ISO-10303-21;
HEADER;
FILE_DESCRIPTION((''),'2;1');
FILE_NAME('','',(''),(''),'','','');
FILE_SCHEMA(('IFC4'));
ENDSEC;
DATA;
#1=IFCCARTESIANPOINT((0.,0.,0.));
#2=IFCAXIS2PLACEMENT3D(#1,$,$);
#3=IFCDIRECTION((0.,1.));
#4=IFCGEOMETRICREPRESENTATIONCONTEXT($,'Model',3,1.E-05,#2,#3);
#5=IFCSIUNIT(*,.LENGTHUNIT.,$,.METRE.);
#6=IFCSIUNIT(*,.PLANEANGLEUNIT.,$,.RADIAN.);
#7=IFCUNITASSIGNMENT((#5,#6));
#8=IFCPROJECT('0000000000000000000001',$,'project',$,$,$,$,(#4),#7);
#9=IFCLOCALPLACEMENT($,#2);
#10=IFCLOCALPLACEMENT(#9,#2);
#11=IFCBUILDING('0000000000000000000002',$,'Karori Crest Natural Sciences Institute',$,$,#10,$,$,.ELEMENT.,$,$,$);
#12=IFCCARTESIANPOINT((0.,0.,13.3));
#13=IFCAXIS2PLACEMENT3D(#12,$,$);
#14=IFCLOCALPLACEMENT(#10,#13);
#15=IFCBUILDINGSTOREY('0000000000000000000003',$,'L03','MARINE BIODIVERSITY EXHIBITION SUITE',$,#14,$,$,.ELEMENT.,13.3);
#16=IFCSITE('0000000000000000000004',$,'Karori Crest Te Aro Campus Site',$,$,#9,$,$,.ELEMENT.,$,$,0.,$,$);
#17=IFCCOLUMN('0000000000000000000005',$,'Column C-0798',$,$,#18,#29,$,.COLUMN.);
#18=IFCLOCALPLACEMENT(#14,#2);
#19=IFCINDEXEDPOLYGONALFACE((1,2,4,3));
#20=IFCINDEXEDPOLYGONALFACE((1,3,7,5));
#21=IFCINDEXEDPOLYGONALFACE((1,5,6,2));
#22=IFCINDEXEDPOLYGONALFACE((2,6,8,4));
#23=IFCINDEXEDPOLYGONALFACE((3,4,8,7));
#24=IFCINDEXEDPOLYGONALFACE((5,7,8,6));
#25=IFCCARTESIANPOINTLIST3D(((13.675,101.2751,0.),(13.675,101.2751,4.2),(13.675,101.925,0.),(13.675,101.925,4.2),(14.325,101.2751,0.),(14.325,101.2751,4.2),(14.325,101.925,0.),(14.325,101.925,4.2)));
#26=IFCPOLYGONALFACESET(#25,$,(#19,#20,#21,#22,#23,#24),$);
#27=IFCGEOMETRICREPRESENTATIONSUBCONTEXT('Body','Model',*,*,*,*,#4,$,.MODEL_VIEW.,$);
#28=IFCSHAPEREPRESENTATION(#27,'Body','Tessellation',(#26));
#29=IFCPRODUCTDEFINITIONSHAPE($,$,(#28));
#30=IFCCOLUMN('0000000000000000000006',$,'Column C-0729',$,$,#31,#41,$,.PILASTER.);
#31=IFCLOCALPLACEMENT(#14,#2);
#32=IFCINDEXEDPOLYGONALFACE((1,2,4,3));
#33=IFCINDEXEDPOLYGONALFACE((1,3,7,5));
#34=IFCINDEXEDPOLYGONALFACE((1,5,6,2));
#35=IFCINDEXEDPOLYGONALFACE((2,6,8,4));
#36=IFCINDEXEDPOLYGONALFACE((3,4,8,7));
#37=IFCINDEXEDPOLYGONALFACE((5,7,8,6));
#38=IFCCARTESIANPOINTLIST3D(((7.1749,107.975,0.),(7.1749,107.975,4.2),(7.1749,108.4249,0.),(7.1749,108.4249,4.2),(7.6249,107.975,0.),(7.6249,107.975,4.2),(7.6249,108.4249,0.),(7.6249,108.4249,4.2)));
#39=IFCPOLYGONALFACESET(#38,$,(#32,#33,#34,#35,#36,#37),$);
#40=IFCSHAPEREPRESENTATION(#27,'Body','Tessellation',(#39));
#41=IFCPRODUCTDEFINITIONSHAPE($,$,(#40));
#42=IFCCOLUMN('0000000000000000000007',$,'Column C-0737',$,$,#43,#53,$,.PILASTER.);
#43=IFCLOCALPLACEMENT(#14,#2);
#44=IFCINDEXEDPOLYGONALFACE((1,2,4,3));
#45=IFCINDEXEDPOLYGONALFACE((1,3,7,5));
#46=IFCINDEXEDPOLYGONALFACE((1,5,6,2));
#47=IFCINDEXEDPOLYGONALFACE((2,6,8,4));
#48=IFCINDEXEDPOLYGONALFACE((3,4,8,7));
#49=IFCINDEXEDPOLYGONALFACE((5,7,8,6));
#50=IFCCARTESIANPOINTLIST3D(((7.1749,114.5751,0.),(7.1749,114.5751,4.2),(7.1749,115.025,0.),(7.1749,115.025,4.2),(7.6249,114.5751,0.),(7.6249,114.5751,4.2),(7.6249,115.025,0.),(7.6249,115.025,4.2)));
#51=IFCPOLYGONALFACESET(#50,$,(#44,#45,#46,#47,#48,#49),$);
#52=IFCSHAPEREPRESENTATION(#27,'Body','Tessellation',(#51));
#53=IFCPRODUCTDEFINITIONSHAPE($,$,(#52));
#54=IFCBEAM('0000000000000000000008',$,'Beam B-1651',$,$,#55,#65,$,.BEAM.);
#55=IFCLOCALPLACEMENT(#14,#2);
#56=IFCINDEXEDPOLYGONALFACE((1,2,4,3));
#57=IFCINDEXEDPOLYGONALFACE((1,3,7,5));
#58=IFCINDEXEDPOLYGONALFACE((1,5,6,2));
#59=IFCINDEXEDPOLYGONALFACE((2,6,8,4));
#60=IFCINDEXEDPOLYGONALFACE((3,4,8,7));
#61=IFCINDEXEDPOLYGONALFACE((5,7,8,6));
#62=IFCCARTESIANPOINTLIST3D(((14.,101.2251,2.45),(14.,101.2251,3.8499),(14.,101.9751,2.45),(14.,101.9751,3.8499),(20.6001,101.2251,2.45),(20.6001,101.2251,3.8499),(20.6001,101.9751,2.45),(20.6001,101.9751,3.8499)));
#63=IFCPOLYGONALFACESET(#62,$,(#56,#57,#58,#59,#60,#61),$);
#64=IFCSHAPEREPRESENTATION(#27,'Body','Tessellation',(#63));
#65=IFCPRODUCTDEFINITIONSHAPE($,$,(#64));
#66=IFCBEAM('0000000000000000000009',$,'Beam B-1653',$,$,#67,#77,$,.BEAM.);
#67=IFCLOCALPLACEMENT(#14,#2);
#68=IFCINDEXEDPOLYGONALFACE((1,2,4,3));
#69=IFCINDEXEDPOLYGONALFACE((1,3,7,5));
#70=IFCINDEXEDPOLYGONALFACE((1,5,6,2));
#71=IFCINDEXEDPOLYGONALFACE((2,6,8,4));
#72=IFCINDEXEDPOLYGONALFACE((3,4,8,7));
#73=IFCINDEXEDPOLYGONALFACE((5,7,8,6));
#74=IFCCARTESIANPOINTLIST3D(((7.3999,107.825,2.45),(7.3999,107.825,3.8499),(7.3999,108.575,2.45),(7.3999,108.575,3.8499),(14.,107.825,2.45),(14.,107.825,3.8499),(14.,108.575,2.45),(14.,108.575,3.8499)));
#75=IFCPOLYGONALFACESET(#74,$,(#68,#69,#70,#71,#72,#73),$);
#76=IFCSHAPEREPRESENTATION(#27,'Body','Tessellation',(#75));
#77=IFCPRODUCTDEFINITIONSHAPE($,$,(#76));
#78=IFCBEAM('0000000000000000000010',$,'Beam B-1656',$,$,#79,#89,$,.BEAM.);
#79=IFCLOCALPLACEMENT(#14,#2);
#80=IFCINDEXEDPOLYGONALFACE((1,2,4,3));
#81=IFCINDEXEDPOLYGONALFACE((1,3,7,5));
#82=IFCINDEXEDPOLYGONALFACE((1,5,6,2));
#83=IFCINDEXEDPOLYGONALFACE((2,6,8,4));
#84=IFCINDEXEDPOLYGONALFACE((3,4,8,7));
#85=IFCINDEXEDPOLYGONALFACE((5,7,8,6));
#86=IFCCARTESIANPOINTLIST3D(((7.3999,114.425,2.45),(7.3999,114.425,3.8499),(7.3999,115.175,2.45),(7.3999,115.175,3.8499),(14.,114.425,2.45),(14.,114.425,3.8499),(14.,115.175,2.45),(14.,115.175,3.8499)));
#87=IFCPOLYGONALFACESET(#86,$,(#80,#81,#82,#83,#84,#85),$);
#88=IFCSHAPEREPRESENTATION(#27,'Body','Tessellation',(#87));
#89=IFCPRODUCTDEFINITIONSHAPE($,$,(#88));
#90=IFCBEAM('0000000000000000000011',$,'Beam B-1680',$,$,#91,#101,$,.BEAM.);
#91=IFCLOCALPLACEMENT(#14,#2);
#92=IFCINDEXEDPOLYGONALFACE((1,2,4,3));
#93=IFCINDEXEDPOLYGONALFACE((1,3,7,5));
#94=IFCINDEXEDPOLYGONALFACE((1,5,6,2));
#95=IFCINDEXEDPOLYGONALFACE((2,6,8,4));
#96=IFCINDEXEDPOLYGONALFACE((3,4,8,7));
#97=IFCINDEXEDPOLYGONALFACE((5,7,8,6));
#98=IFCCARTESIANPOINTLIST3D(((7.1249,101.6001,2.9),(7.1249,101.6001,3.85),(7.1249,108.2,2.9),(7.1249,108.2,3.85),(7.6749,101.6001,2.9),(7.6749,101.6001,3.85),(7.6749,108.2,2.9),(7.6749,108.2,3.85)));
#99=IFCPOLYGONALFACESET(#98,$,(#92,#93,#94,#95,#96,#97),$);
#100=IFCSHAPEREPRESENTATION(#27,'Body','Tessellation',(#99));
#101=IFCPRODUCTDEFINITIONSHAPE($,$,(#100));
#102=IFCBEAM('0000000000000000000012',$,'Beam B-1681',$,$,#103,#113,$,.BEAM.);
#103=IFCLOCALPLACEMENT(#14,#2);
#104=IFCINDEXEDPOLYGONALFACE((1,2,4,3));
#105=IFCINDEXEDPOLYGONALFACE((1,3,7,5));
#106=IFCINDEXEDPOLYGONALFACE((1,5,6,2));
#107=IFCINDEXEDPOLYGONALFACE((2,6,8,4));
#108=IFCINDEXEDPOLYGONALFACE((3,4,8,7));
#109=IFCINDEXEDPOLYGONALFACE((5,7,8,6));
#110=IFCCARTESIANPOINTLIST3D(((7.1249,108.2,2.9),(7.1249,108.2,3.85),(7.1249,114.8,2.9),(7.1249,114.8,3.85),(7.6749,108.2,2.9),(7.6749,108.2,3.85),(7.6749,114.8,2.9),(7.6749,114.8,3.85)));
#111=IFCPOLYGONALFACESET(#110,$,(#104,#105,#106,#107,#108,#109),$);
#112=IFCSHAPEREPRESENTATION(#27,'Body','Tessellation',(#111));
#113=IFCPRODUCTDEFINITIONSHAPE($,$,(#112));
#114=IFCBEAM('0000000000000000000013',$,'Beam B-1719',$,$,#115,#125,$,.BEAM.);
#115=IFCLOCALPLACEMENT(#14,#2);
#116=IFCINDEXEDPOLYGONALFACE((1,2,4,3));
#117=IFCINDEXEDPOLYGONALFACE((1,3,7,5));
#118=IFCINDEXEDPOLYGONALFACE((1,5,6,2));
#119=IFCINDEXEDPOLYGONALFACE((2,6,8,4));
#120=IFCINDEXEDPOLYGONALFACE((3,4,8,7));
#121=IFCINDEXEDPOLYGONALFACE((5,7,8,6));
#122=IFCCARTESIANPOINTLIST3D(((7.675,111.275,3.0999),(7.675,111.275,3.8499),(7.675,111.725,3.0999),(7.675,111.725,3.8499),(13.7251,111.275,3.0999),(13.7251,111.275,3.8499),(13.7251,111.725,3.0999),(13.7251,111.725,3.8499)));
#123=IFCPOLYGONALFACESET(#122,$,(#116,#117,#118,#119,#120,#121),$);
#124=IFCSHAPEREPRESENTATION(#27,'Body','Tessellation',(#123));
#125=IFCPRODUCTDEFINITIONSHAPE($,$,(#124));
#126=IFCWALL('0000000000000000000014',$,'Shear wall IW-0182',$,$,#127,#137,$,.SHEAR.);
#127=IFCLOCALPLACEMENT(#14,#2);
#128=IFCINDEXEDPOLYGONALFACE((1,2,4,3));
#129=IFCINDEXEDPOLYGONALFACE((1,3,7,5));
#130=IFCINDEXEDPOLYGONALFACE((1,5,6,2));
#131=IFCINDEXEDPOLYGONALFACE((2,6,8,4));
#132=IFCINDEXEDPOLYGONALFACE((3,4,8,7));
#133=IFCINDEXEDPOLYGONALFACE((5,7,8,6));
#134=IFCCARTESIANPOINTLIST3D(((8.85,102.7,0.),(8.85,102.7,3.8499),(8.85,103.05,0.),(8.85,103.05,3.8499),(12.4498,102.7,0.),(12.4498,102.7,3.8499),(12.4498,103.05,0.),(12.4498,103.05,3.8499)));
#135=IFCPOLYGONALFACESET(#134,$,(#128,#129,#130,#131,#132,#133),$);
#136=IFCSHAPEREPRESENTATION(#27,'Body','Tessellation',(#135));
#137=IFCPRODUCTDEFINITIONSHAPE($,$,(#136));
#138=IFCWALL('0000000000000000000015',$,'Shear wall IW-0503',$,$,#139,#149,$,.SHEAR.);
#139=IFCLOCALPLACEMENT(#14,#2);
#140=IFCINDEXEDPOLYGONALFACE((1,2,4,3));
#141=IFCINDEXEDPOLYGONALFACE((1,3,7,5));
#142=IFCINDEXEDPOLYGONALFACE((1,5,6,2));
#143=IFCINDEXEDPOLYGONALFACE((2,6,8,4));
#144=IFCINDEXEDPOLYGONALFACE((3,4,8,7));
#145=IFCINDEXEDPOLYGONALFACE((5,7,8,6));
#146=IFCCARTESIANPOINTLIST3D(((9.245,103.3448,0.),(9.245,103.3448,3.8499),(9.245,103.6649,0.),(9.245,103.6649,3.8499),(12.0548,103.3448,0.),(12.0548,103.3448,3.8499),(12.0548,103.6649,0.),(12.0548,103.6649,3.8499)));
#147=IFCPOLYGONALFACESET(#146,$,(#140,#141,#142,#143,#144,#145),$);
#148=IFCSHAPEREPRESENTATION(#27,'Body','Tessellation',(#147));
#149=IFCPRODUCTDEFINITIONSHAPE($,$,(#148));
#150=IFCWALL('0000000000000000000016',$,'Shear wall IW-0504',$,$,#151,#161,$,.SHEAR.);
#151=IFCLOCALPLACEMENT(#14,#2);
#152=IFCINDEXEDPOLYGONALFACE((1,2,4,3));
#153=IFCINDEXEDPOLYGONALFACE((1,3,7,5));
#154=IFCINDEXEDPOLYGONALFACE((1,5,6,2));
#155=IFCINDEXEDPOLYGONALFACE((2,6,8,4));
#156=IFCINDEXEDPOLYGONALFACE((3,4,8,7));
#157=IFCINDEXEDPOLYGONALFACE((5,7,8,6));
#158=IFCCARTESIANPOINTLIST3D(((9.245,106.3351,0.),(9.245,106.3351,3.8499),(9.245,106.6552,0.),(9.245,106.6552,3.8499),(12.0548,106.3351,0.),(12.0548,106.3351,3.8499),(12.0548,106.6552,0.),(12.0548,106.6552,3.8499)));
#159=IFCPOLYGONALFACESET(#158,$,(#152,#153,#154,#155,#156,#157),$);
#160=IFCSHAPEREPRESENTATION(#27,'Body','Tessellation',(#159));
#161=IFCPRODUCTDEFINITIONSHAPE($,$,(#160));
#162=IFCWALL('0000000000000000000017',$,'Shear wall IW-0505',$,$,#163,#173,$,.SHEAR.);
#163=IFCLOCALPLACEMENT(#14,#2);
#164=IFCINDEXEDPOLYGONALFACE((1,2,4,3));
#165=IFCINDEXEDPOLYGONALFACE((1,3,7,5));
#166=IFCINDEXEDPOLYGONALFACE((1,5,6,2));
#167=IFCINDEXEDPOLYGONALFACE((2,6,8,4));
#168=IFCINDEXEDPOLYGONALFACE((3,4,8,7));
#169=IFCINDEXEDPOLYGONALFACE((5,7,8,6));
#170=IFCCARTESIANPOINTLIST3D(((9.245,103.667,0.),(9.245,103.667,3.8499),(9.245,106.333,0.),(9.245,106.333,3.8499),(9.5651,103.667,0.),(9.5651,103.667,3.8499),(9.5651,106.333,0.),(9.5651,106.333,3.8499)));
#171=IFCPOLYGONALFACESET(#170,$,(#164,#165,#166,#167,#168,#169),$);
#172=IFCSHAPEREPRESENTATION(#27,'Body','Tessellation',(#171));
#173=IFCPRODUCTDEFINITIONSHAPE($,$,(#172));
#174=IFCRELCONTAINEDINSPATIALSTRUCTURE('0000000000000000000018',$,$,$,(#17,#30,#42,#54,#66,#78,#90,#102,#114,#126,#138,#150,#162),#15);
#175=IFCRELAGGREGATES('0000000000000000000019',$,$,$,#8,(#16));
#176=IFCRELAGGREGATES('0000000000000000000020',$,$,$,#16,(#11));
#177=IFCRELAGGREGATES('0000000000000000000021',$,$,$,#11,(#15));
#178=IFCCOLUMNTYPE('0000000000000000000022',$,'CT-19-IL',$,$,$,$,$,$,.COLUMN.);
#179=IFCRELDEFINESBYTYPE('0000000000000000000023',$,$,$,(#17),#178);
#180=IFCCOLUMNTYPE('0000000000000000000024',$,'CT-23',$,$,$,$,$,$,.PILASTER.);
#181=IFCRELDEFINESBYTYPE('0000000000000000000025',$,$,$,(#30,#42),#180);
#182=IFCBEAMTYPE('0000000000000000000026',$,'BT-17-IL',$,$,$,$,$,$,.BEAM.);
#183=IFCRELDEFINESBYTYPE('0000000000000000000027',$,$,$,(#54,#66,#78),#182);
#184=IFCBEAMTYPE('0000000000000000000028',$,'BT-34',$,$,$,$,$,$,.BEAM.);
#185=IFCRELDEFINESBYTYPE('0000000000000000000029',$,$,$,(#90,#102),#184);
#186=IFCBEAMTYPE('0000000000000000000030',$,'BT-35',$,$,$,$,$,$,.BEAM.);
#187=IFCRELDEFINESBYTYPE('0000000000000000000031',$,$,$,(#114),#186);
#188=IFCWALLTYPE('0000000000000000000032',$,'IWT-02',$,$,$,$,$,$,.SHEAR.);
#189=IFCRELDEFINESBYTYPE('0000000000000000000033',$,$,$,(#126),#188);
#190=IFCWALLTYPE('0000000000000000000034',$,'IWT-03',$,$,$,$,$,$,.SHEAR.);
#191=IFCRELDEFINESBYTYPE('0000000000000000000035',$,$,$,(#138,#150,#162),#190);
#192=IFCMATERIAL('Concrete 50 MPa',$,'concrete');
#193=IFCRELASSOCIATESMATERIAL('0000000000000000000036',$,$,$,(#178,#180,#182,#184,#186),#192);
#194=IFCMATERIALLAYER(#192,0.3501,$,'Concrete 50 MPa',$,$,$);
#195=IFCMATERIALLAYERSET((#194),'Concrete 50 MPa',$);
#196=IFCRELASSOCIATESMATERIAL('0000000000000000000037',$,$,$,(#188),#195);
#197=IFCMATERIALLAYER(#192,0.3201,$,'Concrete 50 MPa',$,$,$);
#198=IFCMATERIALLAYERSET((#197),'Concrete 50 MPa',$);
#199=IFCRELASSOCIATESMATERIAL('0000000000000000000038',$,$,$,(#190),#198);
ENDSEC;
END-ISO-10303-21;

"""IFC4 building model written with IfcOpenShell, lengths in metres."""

from ifc_helpers import new_model, si_unit, direction, frame, frame_2d, origin, origin_2d, place, context, subcontext, project, spatial, rectangle, extrude, material, layer, layer_set, material_profile, profile_set, type_object, element, save


model = new_model("IFC4")

# Units and contexts
model_context = context("Model", 3, precision=1e-05, world=origin(), true_north=direction((0.0, 1.0)))
body_context = subcontext(model_context, "Body", "Model", "MODEL_VIEW")
ifc_project = project(units=[si_unit("LENGTHUNIT", "METRE"), si_unit("PLANEANGLEUNIT", "RADIAN")], contexts=[model_context])

# Site, building, storey
site_placement = place(None, origin())
site = spatial("IfcSite", under=ifc_project, at=site_placement, Name="Karori Crest Te Aro Campus Site", CompositionType="ELEMENT", RefElevation=0.0)
building_placement = place(site_placement, origin())
building = spatial("IfcBuilding", under=site, at=building_placement, Name="Karori Crest Natural Sciences Institute", CompositionType="ELEMENT")
storey_placement = place(building_placement, frame((0.0, 0.0, 13.3)))
storey = spatial("IfcBuildingStorey", under=building, at=storey_placement, Name="L03", Description="MARINE BIODIVERSITY EXHIBITION SUITE", CompositionType="ELEMENT", Elevation=13.3)

# Columns
ifc_material_1 = material(Name="Concrete 50 MPa", Category="concrete")
ifc_material_profile_1 = material_profile(ifc_material_1, rectangle(XDim=0.6499, YDim=0.6499, at=origin_2d()), Name="RC650x650")
ifc_profile_set_1 = profile_set([ifc_material_profile_1], Name="Concrete 50 MPa")
column_type_1 = type_object("IfcColumnType", Name="CT-19-IL", PredefinedType="COLUMN", material=ifc_profile_set_1)
column_placement = place(storey_placement, frame((14.0, 101.6001, 0.0), z_axis=(0.0, 0.0, 1.0), x_axis=(1.0, 0.0, 0.0)))
element("IfcColumn", 1, at=column_placement, inside=storey, type_object=column_type_1, Name="Column C-0798", PredefinedType="COLUMN", context=body_context, shape_type="SweptSolid", body=[
    extrude(rectangle(XDim=0.6499, YDim=0.6499, at=origin_2d()), origin(), (0.0, 0.0, 1.0), 4.2),
])
ifc_material_profile_2 = material_profile(ifc_material_1, rectangle(XDim=0.45, YDim=0.45, at=origin_2d()), Name="RC450x450")
ifc_profile_set_2 = profile_set([ifc_material_profile_2], Name="Concrete 50 MPa")
column_type_2 = type_object("IfcColumnType", Name="CT-23", PredefinedType="PILASTER", material=ifc_profile_set_2)
for number, where, z_axis, x_axis, name in (
    (2, (7.3999, 108.2, 0.0), (0.0, 0.0, 1.0), (1.0, 0.0, 0.0), "Column C-0729"),
    (3, (7.3999, 114.8, 0.0), (0.0, 0.0, 1.0), (1.0, 0.0, 0.0), "Column C-0737"),
):
    element("IfcColumn", number, at=place(storey_placement, frame(where, z_axis=z_axis, x_axis=x_axis)), inside=storey, type_object=column_type_2, Name=name, PredefinedType="PILASTER", context=body_context, shape_type="SweptSolid", body=[
        extrude(rectangle(XDim=0.45, YDim=0.45, at=origin_2d()), origin(), (0.0, 0.0, 1.0), 4.2),
    ])

# Beams
ifc_material_profile_3 = material_profile(ifc_material_1, rectangle(XDim=0.75, YDim=1.3999, at=origin_2d()), Name="RCB750x1400")
ifc_profile_set_3 = profile_set([ifc_material_profile_3], Name="Concrete 50 MPa")
beam_type_1 = type_object("IfcBeamType", Name="BT-17-IL", PredefinedType="BEAM", material=ifc_profile_set_3)
for number, where, z_axis, x_axis, name in (
    (4, (14.0, 101.6001, 3.1499), (1.0, 0.0, 0.0), (0.0, 1.0, 0.0), "Beam B-1651"),
    (5, (7.3999, 108.2, 3.1499), (1.0, 0.0, 0.0), (0.0, 1.0, 0.0), "Beam B-1653"),
    (6, (7.3999, 114.8, 3.1499), (1.0, 0.0, 0.0), (0.0, 1.0, 0.0), "Beam B-1656"),
):
    element("IfcBeam", number, at=place(storey_placement, frame(where, z_axis=z_axis, x_axis=x_axis)), inside=storey, type_object=beam_type_1, Name=name, PredefinedType="BEAM", context=body_context, shape_type="SweptSolid", body=[
        extrude(rectangle(XDim=0.75, YDim=1.3999, at=origin_2d()), origin(), (0.0, 0.0, 1.0), 6.6001),
    ])
ifc_material_profile_4 = material_profile(ifc_material_1, rectangle(XDim=0.55, YDim=0.95, at=origin_2d()), Name="RCB550x950")
ifc_profile_set_4 = profile_set([ifc_material_profile_4], Name="Concrete 50 MPa")
beam_type_2 = type_object("IfcBeamType", Name="BT-34", PredefinedType="BEAM", material=ifc_profile_set_4)
beam_1_placement = place(storey_placement, frame((7.3999, 101.6001, 3.375), z_axis=(0.0, 1.0, 0.0), x_axis=(-1.0, 0.0, 0.0)))
element("IfcBeam", 7, at=beam_1_placement, inside=storey, type_object=beam_type_2, Name="Beam B-1680", PredefinedType="BEAM", context=body_context, shape_type="SweptSolid", body=[
    extrude(rectangle(XDim=0.55, YDim=0.95, at=origin_2d()), origin(), (0.0, 0.0, 1.0), 6.5999),
])
beam_2_placement = place(storey_placement, frame((7.3999, 108.2, 3.375), z_axis=(0.0, 1.0, 0.0), x_axis=(-1.0, 0.0, 0.0)))
element("IfcBeam", 8, at=beam_2_placement, inside=storey, type_object=beam_type_2, Name="Beam B-1681", PredefinedType="BEAM", context=body_context, shape_type="SweptSolid", body=[
    extrude(rectangle(XDim=0.55, YDim=0.95, at=origin_2d()), origin(), (0.0, 0.0, 1.0), 6.6001),
])
ifc_material_profile_5 = material_profile(ifc_material_1, rectangle(XDim=0.45, YDim=0.75, at=origin_2d()), Name="RCB450x750")
ifc_profile_set_5 = profile_set([ifc_material_profile_5], Name="Concrete 50 MPa")
beam_type_3 = type_object("IfcBeamType", Name="BT-35", PredefinedType="BEAM", material=ifc_profile_set_5)
beam_3_placement = place(storey_placement, frame((7.675, 111.5, 3.4749), z_axis=(1.0, 0.0, 0.0), x_axis=(0.0, 1.0, 0.0)))
element("IfcBeam", 9, at=beam_3_placement, inside=storey, type_object=beam_type_3, Name="Beam B-1719", PredefinedType="BEAM", context=body_context, shape_type="SweptSolid", body=[
    extrude(rectangle(XDim=0.45, YDim=0.75, at=origin_2d()), origin(), (0.0, 0.0, 1.0), 6.05),
])

# Walls
ifc_layer_1 = layer(ifc_material_1, 0.3501, Name="Concrete 50 MPa")
ifc_layer_set_1 = layer_set([ifc_layer_1], Name="Concrete 50 MPa")
wall_type_1 = type_object("IfcWallType", Name="IWT-02", PredefinedType="SHEAR", material=ifc_layer_set_1)
wall_1_placement = place(storey_placement, frame((8.8501, 102.875, 0.0), z_axis=(0.0, 0.0, 1.0), x_axis=(1.0, 0.0, 0.0)))
element("IfcWall", 10, at=wall_1_placement, inside=storey, type_object=wall_type_1, Name="Shear wall IW-0182", PredefinedType="SHEAR", context=body_context, shape_type="SweptSolid", body=[
    extrude(rectangle(XDim=3.5999, YDim=0.3501, at=frame_2d((1.7998, 0.0))), origin(), (0.0, 0.0, 1.0), 3.8499),
])
ifc_layer_2 = layer(ifc_material_1, 0.3201, Name="Concrete 50 MPa")
ifc_layer_set_2 = layer_set([ifc_layer_2], Name="Concrete 50 MPa")
wall_type_2 = type_object("IfcWallType", Name="IWT-03", PredefinedType="SHEAR", material=ifc_layer_set_2)
for number, where, z_axis, x_axis, name in (
    (11, (9.2451, 103.5049, 0.0), (0.0, 0.0, 1.0), (1.0, 0.0, 0.0), "Shear wall IW-0503"),
    (12, (9.2451, 106.4951, 0.0), (0.0, 0.0, 1.0), (1.0, 0.0, 0.0), "Shear wall IW-0504"),
):
    element("IfcWall", number, at=place(storey_placement, frame(where, z_axis=z_axis, x_axis=x_axis)), inside=storey, type_object=wall_type_2, Name=name, PredefinedType="SHEAR", context=body_context, shape_type="SweptSolid", body=[
        extrude(rectangle(XDim=2.8098, YDim=0.3201, at=frame_2d((1.4048, 0.0))), origin(), (0.0, 0.0, 1.0), 3.8499),
    ])
wall_2_placement = place(storey_placement, frame((9.405, 103.667, 0.0), z_axis=(0.0, 0.0, 1.0), x_axis=(0.0, 1.0, 0.0)))
element("IfcWall", 13, at=wall_2_placement, inside=storey, type_object=wall_type_2, Name="Shear wall IW-0505", PredefinedType="SHEAR", context=body_context, shape_type="SweptSolid", body=[
    extrude(rectangle(XDim=2.666, YDim=0.3201, at=frame_2d((1.333, 0.0))), origin(), (0.0, 0.0, 1.0), 3.8499),
])

save(model, "model.ifc")
